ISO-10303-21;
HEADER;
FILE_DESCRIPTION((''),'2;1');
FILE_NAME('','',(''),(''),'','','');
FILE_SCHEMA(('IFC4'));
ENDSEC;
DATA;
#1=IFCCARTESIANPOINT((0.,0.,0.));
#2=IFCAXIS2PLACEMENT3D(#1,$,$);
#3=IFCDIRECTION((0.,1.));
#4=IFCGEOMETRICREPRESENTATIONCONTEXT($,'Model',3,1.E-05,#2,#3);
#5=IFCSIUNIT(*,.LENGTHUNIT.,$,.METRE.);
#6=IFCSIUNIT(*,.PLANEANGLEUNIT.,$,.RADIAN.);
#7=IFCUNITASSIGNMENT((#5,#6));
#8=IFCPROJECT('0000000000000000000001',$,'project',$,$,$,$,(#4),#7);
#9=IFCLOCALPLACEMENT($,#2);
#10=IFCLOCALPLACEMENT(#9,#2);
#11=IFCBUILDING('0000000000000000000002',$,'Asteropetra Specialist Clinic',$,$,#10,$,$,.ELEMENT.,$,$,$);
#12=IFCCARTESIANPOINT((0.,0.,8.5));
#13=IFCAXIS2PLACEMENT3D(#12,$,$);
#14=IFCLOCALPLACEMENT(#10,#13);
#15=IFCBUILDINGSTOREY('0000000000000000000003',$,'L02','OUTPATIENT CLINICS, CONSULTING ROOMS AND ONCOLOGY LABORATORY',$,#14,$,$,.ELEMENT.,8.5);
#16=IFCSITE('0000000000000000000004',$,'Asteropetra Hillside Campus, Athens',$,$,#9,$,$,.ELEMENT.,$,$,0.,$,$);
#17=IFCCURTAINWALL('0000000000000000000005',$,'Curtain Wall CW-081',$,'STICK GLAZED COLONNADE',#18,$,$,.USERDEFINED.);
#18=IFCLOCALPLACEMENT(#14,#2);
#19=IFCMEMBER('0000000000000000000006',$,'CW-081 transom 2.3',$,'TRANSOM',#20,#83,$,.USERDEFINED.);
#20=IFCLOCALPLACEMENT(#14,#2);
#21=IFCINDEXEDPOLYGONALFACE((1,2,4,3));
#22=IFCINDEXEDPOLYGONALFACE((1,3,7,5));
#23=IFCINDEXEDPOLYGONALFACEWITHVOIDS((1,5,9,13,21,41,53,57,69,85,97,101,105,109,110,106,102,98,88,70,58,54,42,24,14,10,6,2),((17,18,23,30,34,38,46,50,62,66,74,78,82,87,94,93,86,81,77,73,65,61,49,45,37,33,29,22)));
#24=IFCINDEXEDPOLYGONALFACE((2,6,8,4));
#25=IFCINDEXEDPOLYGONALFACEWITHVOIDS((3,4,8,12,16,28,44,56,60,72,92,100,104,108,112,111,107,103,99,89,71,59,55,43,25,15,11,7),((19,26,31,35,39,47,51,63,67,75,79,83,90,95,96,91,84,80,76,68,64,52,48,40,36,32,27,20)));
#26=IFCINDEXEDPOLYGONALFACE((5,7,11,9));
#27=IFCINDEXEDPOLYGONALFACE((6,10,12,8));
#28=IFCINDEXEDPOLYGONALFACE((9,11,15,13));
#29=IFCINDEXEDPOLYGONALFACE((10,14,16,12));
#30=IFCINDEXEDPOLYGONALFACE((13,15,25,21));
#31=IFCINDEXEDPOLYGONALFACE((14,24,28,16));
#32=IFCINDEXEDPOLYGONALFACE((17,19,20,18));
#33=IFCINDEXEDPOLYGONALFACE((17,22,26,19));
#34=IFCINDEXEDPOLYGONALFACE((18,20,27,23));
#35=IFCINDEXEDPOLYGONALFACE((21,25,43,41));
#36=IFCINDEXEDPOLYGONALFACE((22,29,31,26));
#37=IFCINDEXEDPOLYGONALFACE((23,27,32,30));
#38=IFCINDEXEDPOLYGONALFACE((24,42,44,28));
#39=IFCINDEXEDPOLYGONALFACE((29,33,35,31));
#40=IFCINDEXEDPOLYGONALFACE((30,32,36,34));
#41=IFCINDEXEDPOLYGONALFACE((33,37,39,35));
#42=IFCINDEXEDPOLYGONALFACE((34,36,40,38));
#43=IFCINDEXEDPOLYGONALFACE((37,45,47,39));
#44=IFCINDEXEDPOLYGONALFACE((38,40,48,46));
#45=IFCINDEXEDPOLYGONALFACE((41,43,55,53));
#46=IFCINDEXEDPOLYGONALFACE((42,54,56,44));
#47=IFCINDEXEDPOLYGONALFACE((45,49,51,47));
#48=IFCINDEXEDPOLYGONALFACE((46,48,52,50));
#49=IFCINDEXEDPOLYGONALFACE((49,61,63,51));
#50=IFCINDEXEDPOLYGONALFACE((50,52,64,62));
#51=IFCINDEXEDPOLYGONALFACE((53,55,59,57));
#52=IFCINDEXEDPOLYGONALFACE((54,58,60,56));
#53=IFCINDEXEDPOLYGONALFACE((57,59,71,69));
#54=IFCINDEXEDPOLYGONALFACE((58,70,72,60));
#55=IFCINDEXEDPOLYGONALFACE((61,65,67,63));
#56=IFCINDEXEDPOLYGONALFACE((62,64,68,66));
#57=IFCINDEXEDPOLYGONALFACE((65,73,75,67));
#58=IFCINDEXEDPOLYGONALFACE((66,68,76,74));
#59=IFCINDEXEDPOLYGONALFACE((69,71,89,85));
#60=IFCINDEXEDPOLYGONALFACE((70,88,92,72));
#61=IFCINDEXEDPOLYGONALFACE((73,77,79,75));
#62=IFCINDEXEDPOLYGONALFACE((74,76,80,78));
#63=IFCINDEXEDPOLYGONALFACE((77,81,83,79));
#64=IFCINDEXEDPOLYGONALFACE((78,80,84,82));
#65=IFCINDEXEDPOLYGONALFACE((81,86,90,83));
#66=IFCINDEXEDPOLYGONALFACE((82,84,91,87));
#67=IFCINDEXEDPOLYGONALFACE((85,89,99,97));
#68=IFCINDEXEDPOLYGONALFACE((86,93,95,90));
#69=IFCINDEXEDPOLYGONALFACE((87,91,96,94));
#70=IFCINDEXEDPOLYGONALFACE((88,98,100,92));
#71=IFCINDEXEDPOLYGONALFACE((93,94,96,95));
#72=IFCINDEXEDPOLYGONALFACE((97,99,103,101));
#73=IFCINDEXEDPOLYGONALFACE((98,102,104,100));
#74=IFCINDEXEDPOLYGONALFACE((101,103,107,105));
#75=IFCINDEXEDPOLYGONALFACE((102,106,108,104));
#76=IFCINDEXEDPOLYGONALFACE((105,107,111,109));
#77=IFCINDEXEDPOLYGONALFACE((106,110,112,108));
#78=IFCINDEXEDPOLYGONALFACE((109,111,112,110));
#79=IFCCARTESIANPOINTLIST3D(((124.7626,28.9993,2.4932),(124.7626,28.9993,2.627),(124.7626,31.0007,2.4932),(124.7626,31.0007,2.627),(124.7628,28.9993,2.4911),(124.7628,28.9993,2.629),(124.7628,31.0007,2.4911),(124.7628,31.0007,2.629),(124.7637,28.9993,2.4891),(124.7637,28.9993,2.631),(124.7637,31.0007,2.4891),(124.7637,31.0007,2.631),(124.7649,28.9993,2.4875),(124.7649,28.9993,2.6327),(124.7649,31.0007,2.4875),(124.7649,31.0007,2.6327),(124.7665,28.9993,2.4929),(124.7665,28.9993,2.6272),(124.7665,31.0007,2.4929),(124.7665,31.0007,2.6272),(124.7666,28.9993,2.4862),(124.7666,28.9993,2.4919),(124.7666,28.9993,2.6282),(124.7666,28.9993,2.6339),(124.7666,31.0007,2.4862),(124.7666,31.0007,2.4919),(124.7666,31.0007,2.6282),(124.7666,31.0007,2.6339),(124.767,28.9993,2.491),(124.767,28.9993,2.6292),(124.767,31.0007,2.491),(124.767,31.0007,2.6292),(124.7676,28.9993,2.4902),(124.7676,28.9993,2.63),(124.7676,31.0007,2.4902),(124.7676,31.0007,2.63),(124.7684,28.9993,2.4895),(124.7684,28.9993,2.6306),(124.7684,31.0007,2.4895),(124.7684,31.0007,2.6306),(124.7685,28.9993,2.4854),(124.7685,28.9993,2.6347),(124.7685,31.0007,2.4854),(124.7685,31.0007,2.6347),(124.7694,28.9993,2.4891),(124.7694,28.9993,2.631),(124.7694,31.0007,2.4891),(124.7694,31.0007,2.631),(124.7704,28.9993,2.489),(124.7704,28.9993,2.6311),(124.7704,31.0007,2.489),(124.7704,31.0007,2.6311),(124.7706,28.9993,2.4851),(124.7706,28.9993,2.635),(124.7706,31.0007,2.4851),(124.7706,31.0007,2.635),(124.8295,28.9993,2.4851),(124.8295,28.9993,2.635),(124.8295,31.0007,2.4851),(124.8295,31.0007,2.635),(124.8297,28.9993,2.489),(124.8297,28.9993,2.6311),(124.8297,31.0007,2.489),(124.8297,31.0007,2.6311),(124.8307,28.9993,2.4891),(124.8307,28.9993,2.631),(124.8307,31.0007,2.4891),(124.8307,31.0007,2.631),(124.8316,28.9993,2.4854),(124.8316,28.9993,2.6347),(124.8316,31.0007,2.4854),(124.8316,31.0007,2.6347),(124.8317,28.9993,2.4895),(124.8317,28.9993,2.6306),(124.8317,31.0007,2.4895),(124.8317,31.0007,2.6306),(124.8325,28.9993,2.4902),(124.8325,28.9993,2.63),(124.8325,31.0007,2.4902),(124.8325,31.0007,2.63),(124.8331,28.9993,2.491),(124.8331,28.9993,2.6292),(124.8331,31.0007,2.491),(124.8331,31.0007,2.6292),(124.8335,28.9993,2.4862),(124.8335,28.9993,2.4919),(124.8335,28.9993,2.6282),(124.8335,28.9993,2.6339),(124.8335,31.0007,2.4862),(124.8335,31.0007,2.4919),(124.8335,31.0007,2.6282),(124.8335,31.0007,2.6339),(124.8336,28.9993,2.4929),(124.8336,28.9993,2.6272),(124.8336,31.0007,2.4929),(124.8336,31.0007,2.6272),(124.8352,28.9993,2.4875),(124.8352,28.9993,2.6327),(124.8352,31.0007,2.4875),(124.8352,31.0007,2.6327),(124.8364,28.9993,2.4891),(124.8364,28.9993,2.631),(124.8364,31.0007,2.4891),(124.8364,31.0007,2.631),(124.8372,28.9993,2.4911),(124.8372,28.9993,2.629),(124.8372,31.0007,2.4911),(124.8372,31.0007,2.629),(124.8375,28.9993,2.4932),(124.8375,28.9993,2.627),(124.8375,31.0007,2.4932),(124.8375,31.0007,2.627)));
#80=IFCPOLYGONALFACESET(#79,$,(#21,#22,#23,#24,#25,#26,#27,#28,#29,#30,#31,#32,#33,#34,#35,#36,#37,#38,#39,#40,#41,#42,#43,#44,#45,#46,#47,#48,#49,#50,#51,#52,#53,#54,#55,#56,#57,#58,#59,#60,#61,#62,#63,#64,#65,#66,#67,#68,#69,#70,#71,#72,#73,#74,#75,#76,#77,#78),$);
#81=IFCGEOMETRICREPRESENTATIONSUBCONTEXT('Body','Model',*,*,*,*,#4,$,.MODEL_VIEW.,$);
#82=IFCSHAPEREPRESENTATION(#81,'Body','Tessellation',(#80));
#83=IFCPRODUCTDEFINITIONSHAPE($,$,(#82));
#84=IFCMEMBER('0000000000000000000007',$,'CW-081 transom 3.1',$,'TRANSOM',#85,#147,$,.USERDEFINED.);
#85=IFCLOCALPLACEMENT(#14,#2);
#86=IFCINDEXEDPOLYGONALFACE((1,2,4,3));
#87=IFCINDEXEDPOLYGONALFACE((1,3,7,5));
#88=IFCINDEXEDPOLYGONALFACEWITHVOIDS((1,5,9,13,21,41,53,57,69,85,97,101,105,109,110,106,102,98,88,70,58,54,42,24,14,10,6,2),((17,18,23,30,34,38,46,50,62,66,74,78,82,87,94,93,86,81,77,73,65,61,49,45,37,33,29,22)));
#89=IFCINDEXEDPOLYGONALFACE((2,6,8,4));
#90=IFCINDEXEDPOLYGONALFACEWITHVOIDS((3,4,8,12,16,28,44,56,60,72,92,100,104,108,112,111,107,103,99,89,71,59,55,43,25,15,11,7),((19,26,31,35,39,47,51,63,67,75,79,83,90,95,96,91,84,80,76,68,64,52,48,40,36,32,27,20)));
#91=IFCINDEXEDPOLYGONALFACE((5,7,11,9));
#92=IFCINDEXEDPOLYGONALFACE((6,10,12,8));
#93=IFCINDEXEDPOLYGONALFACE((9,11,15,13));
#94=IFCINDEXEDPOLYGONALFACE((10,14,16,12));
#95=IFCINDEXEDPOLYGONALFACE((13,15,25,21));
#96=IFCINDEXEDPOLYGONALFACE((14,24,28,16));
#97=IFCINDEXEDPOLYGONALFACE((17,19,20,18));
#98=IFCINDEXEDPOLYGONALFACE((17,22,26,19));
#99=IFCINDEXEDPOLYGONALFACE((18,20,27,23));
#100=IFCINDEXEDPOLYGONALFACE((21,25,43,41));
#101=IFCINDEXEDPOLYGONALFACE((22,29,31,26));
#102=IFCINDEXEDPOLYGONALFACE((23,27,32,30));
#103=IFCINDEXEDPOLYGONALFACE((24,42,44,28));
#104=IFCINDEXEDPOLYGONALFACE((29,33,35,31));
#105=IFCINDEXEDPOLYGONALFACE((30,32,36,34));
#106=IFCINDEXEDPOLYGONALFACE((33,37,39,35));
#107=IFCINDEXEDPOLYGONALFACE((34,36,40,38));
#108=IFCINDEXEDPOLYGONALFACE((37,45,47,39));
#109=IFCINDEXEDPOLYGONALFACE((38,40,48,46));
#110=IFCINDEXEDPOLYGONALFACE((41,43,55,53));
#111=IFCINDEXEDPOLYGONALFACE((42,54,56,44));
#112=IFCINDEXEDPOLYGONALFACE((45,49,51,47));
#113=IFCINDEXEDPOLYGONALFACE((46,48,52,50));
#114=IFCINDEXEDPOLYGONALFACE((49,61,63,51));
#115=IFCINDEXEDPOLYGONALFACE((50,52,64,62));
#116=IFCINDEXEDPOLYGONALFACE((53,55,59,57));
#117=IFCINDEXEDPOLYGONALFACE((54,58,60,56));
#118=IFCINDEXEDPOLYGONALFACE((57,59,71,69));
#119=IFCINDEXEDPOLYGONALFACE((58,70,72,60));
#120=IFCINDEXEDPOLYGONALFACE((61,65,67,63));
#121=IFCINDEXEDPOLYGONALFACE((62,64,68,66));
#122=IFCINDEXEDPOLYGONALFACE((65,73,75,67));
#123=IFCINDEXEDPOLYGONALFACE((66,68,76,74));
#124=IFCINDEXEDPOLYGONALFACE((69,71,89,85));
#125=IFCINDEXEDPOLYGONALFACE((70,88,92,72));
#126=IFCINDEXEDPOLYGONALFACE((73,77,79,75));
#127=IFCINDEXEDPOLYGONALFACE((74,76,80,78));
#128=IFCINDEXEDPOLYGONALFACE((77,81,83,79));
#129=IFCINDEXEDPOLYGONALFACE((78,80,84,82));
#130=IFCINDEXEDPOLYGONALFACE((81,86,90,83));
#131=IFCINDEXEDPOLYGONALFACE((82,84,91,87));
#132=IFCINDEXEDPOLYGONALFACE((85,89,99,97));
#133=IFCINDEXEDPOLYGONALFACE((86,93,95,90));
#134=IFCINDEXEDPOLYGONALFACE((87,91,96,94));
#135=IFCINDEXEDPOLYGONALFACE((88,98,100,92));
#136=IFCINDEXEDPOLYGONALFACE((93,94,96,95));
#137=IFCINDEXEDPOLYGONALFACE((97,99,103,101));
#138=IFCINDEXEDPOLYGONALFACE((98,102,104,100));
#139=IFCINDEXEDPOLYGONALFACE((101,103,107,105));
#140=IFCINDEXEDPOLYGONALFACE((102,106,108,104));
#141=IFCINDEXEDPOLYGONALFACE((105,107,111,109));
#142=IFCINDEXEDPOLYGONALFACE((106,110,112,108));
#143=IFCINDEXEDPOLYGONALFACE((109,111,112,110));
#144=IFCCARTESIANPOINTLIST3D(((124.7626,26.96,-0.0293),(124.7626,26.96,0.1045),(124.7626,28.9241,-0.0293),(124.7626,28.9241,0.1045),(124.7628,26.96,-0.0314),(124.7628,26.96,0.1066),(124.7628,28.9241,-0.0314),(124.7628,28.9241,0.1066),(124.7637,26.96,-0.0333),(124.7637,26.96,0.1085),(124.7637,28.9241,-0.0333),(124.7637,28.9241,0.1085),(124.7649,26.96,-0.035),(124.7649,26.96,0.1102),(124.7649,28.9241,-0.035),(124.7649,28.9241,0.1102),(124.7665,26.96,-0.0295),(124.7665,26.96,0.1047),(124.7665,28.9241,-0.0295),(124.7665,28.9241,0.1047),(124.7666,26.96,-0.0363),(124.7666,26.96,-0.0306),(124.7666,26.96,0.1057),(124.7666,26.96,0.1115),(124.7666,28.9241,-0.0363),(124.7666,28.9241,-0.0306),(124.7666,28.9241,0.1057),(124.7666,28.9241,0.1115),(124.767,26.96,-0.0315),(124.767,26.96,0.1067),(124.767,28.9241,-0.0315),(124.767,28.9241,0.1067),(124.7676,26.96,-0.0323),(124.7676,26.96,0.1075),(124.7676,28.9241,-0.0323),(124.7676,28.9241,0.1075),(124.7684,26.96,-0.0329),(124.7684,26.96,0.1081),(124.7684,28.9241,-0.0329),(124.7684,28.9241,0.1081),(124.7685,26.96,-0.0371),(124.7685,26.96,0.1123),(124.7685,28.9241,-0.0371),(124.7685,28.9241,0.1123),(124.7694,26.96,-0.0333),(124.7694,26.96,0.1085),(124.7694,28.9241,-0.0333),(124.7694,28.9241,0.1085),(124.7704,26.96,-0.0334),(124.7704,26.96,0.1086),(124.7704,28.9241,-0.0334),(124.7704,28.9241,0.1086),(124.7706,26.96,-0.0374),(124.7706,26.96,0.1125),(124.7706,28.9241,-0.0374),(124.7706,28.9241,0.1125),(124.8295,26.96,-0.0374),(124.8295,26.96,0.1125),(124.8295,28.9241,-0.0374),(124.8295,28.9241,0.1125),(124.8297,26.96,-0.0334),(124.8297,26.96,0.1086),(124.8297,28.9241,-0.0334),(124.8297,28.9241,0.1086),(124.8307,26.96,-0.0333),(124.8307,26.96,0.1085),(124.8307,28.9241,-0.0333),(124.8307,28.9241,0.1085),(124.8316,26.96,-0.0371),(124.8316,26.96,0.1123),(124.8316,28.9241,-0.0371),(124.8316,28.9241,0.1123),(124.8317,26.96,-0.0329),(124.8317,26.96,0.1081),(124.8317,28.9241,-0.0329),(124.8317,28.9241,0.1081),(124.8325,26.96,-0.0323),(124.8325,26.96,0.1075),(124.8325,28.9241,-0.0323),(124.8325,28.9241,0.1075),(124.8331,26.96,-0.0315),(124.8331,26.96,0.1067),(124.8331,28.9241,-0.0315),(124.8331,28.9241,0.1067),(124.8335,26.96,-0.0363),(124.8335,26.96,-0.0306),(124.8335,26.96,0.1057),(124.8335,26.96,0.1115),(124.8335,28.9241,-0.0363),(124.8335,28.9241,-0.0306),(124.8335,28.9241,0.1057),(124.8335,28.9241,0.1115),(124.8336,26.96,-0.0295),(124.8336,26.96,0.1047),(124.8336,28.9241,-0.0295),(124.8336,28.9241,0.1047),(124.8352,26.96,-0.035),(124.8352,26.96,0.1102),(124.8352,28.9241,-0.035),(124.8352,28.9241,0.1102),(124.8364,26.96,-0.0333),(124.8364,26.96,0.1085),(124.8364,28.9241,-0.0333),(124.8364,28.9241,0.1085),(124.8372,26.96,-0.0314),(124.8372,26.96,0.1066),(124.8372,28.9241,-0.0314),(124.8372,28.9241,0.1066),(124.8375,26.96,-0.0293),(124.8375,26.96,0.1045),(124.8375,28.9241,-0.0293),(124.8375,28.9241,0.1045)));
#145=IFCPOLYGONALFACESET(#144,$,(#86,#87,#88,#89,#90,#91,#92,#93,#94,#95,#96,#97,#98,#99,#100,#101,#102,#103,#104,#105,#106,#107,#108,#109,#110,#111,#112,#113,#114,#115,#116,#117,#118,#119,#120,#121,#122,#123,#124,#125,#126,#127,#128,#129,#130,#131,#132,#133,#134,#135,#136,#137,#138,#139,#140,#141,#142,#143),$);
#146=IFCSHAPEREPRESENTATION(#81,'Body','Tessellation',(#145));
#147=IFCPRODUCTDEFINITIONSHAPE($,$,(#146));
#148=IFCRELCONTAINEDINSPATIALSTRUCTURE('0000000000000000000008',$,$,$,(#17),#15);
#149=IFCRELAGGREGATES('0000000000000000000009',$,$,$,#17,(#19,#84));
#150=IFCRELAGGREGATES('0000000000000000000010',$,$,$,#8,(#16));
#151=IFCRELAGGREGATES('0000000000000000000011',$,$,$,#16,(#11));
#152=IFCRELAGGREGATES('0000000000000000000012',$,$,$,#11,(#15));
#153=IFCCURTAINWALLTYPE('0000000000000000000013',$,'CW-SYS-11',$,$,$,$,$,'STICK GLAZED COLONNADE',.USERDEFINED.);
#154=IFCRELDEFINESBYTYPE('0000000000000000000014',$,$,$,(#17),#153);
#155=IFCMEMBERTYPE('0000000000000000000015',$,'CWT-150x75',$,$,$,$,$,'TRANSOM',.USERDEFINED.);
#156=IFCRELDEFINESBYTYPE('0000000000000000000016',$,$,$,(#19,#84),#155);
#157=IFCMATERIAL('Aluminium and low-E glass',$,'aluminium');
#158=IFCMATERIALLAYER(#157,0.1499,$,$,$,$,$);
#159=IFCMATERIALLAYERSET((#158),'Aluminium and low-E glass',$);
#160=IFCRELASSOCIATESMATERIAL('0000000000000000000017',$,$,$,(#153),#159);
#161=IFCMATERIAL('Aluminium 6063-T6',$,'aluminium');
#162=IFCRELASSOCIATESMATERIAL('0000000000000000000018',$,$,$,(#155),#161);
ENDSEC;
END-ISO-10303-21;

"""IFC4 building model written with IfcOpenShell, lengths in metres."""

from ifc_helpers import new_model, si_unit, direction, frame, origin, origin_2d, place, context, subcontext, project, spatial, hollow_rectangle, extrude, material, layer, layer_set, material_profile, profile_set, type_object, element, aggregate, save


model = new_model("IFC4")

# Units and contexts
model_context = context("Model", 3, precision=1e-05, world=origin(), true_north=direction((0.0, 1.0)))
body_context = subcontext(model_context, "Body", "Model", "MODEL_VIEW")
ifc_project = project(units=[si_unit("LENGTHUNIT", "METRE"), si_unit("PLANEANGLEUNIT", "RADIAN")], contexts=[model_context])

# Site, building, storey
site_placement = place(None, origin())
site = spatial("IfcSite", under=ifc_project, at=site_placement, Name="Asteropetra Hillside Campus, Athens", CompositionType="ELEMENT", RefElevation=0.0)
building_placement = place(site_placement, origin())
building = spatial("IfcBuilding", under=site, at=building_placement, Name="Asteropetra Specialist Clinic", CompositionType="ELEMENT")
storey_placement = place(building_placement, frame((0.0, 0.0, 8.5)))
storey = spatial("IfcBuildingStorey", under=building, at=storey_placement, Name="L02", Description="OUTPATIENT CLINICS, CONSULTING ROOMS AND ONCOLOGY LABORATORY", CompositionType="ELEMENT", Elevation=8.5)

# Curtain wall, members
ifc_material_1 = material(Name="Aluminium and low-E glass", Category="aluminium")
ifc_layer_1 = layer(ifc_material_1, 0.1499)
ifc_layer_set_1 = layer_set([ifc_layer_1], Name="Aluminium and low-E glass")
curtain_wall_type = type_object("IfcCurtainWallType", Name="CW-SYS-11", ElementType="STICK GLAZED COLONNADE", PredefinedType="USERDEFINED", material=ifc_layer_set_1)
curtain_wall_placement = place(storey_placement, origin())
curtain_wall = element("IfcCurtainWall", 1, at=curtain_wall_placement, inside=storey, type_object=curtain_wall_type, Name="Curtain Wall CW-081", ObjectType="STICK GLAZED COLONNADE", PredefinedType="USERDEFINED")
ifc_material_2 = material(Name="Aluminium 6063-T6", Category="aluminium")
ifc_material_profile_1 = material_profile(ifc_material_2, hollow_rectangle(XDim=0.075, YDim=0.1499, WallThickness=0.0039, InnerFilletRadius=0.0039, OuterFilletRadius=0.0081, at=origin_2d()), Name="TRN 150x75x4.0")
ifc_profile_set_1 = profile_set([ifc_material_profile_1], Name="Aluminium 6063-T6")
member_type_1 = type_object("IfcMemberType", Name="CWT-150x75", ElementType="TRANSOM", PredefinedType="USERDEFINED", material=ifc_profile_set_1)
member_1_placement = place(storey_placement, frame((124.8, 31.0007, 2.5601), z_axis=(0.0, -1.0, 0.0), x_axis=(1.0, 0.0, 0.0)))
member_1 = element("IfcMember", 2, at=member_1_placement, type_object=member_type_1, Name="CW-081 transom 2.3", ObjectType="TRANSOM", PredefinedType="USERDEFINED", context=body_context, shape_type="SweptSolid", body=[
    extrude(hollow_rectangle(XDim=0.075, YDim=0.1499, WallThickness=0.0039, InnerFilletRadius=0.0039, OuterFilletRadius=0.0081, at=origin_2d()), origin(), (0.0, 0.0, 1.0), 2.0015),
])
member_2_placement = place(storey_placement, frame((124.8, 28.9241, 0.0376), z_axis=(0.0, -1.0, 0.0), x_axis=(1.0, 0.0, 0.0)))
member_2 = element("IfcMember", 3, at=member_2_placement, type_object=member_type_1, Name="CW-081 transom 3.1", ObjectType="TRANSOM", PredefinedType="USERDEFINED", context=body_context, shape_type="SweptSolid", body=[
    extrude(hollow_rectangle(XDim=0.075, YDim=0.1499, WallThickness=0.0039, InnerFilletRadius=0.0039, OuterFilletRadius=0.0081, at=origin_2d()), origin(), (0.0, 0.0, 1.0), 1.9641),
])

aggregate(curtain_wall, [member_1, member_2])

save(model, "model.ifc")
